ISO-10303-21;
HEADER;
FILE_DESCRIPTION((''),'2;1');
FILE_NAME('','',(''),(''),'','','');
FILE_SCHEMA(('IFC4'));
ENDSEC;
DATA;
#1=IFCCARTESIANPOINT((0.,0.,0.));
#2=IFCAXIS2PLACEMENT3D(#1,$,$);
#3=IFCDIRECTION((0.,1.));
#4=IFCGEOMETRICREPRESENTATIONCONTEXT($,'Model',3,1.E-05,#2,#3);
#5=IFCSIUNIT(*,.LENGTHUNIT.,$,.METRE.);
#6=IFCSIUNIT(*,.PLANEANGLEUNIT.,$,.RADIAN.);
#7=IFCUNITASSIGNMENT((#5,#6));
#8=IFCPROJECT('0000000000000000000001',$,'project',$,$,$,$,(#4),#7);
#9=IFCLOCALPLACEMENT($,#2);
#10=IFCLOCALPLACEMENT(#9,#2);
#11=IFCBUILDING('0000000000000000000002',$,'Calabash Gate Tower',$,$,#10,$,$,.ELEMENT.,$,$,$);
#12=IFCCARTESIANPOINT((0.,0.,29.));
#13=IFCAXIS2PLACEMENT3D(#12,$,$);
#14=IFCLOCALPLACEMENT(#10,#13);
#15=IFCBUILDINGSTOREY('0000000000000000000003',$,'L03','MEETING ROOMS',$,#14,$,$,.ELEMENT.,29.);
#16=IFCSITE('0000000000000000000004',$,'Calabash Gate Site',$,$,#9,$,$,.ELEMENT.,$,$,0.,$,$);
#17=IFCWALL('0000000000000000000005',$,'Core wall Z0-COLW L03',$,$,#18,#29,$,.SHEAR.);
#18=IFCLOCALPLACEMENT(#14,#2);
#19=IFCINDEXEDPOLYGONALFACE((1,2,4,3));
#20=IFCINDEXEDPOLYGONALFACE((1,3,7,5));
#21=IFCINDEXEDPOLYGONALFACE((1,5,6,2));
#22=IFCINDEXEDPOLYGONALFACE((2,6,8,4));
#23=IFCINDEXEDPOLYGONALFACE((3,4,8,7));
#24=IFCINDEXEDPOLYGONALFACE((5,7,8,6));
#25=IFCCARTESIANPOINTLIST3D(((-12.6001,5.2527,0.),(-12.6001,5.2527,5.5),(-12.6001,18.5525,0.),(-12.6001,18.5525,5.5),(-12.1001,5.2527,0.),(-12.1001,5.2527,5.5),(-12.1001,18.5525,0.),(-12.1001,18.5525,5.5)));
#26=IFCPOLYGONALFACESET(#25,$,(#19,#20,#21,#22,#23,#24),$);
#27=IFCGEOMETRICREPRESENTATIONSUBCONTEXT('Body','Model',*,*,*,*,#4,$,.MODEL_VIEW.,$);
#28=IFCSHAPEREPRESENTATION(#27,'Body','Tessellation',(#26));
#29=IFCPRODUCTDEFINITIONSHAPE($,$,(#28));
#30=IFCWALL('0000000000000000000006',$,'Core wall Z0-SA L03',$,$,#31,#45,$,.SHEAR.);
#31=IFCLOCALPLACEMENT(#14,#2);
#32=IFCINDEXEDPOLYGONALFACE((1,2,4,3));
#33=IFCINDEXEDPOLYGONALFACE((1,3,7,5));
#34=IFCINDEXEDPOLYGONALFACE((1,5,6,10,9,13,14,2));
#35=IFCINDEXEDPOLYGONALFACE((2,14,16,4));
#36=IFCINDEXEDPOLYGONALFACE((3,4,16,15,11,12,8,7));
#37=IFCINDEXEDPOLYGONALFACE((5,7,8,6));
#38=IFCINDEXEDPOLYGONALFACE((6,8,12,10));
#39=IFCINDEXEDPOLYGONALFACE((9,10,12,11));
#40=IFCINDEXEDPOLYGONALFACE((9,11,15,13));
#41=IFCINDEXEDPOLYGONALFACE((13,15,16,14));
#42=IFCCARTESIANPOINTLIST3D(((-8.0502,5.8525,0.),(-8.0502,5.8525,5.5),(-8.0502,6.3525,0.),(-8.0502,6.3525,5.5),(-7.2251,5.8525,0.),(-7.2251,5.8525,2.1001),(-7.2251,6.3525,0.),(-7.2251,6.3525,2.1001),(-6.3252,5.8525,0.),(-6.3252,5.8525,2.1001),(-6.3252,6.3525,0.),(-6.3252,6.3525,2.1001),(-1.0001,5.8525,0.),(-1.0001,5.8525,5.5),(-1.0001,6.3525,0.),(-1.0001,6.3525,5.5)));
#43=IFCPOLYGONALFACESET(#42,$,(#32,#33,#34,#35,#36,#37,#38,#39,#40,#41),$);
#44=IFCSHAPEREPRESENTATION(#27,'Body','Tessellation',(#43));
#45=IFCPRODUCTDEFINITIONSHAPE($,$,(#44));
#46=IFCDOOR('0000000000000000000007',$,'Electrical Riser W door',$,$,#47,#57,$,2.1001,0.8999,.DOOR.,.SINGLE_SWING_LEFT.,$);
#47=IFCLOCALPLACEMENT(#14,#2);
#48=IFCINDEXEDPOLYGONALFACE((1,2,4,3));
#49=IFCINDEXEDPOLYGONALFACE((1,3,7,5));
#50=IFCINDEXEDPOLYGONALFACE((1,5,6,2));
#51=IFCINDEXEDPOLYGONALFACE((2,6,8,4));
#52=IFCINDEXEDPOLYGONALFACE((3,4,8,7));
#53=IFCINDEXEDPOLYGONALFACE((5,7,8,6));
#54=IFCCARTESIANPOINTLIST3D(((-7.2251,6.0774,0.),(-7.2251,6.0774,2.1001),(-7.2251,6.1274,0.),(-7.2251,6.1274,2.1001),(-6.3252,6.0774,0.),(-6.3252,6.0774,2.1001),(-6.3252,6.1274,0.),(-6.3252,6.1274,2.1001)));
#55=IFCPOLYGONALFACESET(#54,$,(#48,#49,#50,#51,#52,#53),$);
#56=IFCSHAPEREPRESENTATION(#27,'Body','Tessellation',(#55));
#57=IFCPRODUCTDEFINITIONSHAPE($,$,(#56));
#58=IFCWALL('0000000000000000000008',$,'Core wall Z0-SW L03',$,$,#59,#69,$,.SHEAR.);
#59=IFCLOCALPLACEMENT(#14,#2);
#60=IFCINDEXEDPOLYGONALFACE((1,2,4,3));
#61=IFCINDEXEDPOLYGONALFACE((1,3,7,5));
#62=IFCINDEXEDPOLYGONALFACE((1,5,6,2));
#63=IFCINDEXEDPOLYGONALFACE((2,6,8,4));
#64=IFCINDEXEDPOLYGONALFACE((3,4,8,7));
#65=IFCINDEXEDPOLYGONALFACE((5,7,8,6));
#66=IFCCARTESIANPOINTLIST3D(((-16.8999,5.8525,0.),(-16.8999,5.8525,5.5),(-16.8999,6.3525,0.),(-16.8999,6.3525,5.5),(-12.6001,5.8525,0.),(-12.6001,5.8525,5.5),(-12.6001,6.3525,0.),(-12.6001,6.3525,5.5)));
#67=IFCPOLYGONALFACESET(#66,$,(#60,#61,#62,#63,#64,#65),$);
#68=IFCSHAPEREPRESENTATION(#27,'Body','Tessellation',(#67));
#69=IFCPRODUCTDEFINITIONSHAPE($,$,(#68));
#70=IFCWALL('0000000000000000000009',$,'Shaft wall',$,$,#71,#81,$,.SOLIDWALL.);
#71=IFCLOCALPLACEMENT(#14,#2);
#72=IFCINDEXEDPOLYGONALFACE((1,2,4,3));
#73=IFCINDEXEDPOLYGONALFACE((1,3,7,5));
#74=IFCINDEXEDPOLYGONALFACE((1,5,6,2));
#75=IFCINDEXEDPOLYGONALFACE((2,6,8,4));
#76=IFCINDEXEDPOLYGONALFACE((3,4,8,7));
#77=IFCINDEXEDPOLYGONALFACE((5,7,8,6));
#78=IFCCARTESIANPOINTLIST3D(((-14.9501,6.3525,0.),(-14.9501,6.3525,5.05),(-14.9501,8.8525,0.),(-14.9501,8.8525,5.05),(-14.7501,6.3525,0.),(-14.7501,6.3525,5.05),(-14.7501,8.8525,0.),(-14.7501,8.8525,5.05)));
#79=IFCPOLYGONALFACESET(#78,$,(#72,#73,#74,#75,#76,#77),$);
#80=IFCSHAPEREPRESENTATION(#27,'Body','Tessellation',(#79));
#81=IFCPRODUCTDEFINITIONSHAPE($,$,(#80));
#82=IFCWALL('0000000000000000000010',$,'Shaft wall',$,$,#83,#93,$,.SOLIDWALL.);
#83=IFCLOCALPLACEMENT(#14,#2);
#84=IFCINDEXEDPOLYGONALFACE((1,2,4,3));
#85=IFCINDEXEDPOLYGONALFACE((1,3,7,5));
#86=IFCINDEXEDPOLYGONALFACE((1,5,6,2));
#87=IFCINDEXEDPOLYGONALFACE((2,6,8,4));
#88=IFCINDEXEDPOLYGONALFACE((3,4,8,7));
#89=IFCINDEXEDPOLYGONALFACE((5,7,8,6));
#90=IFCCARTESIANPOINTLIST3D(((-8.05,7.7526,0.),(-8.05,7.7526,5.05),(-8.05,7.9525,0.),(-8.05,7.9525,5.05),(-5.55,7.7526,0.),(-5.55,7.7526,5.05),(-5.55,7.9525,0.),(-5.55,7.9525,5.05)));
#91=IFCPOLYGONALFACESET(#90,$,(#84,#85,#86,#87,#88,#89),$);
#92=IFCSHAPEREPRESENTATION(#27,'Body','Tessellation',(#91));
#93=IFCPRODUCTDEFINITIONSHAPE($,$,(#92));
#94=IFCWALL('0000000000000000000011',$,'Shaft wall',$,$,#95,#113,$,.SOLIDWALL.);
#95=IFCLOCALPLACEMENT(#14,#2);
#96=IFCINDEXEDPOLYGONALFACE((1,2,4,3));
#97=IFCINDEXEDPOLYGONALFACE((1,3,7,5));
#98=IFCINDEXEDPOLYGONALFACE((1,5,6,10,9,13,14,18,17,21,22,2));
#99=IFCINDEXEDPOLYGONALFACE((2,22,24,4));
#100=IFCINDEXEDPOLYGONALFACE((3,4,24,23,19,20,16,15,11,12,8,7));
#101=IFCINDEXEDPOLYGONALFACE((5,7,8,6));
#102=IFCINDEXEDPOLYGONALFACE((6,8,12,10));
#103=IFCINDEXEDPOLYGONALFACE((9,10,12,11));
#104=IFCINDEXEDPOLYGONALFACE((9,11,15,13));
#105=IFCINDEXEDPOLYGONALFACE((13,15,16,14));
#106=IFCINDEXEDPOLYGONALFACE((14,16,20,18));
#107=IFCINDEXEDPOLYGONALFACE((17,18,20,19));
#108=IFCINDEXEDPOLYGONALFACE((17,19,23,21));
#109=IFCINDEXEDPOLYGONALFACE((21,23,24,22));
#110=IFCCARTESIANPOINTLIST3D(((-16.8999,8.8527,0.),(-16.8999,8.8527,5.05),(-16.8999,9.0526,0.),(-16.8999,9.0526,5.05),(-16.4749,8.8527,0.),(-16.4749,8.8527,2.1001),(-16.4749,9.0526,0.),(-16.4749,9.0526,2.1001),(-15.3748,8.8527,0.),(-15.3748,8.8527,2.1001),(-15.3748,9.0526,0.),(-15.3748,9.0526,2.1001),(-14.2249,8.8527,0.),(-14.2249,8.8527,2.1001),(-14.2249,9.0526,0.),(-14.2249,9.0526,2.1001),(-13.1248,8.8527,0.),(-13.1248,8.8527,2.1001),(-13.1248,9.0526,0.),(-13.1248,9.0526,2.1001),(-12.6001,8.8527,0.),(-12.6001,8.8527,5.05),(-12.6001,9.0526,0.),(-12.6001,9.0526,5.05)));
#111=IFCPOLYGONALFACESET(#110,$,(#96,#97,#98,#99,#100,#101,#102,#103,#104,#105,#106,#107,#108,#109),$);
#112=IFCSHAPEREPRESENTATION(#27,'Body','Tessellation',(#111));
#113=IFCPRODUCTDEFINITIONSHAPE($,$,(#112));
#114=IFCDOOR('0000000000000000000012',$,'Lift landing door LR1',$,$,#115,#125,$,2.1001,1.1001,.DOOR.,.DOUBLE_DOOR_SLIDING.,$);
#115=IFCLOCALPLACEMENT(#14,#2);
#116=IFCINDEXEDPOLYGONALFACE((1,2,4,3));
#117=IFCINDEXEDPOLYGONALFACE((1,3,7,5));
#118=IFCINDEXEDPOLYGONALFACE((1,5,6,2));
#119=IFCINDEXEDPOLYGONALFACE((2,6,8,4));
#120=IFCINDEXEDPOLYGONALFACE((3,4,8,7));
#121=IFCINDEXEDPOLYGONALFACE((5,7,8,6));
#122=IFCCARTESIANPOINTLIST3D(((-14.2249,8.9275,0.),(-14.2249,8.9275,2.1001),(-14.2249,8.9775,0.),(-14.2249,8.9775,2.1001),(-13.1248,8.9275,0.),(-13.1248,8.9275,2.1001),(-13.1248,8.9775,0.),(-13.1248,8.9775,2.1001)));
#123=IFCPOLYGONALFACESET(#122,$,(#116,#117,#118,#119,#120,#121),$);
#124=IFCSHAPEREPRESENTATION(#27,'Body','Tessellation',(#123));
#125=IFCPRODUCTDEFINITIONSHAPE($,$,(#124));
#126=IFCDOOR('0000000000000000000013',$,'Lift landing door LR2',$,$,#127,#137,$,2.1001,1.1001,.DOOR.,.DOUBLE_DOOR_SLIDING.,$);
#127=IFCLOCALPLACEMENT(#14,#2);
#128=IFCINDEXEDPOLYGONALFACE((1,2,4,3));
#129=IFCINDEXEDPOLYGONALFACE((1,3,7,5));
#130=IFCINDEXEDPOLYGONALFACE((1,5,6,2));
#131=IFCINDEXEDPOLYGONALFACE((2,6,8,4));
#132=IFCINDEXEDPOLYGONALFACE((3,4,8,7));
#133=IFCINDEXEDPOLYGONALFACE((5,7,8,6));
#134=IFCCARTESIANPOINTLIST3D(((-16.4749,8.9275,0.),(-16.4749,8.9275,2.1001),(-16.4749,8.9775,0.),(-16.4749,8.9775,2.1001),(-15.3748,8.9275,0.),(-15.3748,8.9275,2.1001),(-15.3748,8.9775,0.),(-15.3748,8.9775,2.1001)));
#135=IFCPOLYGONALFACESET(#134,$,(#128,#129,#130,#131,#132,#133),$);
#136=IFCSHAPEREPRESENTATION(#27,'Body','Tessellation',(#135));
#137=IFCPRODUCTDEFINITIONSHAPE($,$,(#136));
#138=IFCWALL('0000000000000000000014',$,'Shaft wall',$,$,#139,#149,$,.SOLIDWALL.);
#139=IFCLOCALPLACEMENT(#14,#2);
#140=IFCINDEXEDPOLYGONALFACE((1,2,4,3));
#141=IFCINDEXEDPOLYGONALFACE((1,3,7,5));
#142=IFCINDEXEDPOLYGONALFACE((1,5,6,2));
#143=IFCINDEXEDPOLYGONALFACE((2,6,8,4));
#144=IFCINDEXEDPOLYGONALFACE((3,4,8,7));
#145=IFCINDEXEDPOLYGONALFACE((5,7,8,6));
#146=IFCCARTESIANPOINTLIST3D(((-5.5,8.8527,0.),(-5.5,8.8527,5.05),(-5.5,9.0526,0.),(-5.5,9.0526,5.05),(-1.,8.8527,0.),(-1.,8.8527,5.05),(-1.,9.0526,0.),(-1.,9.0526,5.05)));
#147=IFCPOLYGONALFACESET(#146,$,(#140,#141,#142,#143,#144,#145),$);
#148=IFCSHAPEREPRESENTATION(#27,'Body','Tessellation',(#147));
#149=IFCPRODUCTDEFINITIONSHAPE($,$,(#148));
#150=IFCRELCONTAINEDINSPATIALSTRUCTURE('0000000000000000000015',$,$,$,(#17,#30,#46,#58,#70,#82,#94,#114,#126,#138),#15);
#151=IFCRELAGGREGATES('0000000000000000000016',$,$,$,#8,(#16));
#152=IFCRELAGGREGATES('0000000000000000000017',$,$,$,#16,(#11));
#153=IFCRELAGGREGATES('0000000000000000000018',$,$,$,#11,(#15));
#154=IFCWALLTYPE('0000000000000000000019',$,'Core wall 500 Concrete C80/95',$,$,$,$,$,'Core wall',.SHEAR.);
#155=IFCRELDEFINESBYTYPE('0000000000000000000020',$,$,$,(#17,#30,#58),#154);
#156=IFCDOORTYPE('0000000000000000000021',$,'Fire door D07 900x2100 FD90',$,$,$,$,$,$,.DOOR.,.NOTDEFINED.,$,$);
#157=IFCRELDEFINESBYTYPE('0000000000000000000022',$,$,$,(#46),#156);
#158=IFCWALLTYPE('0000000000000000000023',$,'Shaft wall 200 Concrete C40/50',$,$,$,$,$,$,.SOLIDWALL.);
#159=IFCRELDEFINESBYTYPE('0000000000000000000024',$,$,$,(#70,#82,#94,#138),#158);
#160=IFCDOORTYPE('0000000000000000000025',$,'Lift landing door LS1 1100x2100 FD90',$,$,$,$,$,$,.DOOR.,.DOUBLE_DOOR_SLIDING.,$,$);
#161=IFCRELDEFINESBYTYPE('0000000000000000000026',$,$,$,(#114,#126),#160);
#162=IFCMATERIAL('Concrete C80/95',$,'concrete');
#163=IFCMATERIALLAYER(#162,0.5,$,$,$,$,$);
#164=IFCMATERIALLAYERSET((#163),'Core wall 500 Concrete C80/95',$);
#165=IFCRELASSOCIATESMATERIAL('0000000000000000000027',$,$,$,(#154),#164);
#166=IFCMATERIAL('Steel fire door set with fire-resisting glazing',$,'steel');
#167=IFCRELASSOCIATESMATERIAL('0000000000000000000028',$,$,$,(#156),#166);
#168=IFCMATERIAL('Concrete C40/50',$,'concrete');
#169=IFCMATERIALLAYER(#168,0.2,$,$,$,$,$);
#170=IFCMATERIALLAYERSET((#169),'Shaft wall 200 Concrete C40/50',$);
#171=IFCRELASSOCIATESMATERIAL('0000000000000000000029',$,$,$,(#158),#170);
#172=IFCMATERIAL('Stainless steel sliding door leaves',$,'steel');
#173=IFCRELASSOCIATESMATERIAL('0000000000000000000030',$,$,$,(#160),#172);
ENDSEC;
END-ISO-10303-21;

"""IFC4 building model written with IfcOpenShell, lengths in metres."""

from ifc_helpers import new_model, si_unit, direction, frame, frame_2d, origin, place, context, subcontext, project, spatial, rectangle, extrude, material, layer, layer_set, type_object, element, fill, save


model = new_model("IFC4")

# Units and contexts
model_context = context("Model", 3, precision=1e-05, world=origin(), true_north=direction((0.0, 1.0)))
body_context = subcontext(model_context, "Body", "Model", "MODEL_VIEW")
ifc_project = project(units=[si_unit("LENGTHUNIT", "METRE"), si_unit("PLANEANGLEUNIT", "RADIAN")], contexts=[model_context])

# Site, building, storey
site_placement = place(None, origin())
site = spatial("IfcSite", under=ifc_project, at=site_placement, Name="Calabash Gate Site", CompositionType="ELEMENT", RefElevation=0.0)
building_placement = place(site_placement, origin())
building = spatial("IfcBuilding", under=site, at=building_placement, Name="Calabash Gate Tower", CompositionType="ELEMENT")
storey_placement = place(building_placement, frame((0.0, 0.0, 29.0)))
storey = spatial("IfcBuildingStorey", under=building, at=storey_placement, Name="L03", Description="MEETING ROOMS", CompositionType="ELEMENT", Elevation=29.0)

# Wall
ifc_material_1 = material(Name="Concrete C80/95", Category="concrete")
ifc_layer_1 = layer(ifc_material_1, 0.5)
ifc_layer_set_1 = layer_set([ifc_layer_1], Name="Core wall 500 Concrete C80/95")
wall_type_1 = type_object("IfcWallType", Name="Core wall 500 Concrete C80/95", ElementType="Core wall", PredefinedType="SHEAR", material=ifc_layer_set_1)
wall_1_placement = place(storey_placement, frame((-12.3501, 5.2527, 0.0), z_axis=(0.0, 0.0, 1.0), x_axis=(0.0, 1.0, 0.0)))
element("IfcWall", 1, at=wall_1_placement, inside=storey, type_object=wall_type_1, Name="Core wall Z0-COLW L03", PredefinedType="SHEAR", context=body_context, shape_type="SweptSolid", body=[
    extrude(rectangle(XDim=13.2998, YDim=0.5, at=frame_2d((6.6499, 0.0))), origin(), (0.0, 0.0, 1.0), 5.5),
])

# Wall, opening, door
wall_2_placement = place(storey_placement, frame((-8.05, 6.1025, 0.0), z_axis=(0.0, 0.0, 1.0), x_axis=(1.0, 0.0, 0.0)))
wall_2 = element("IfcWall", 2, at=wall_2_placement, inside=storey, type_object=wall_type_1, Name="Core wall Z0-SA L03", PredefinedType="SHEAR", context=body_context, shape_type="SweptSolid", body=[
    extrude(rectangle(XDim=7.05, YDim=0.5, at=frame_2d((3.5249, 0.0))), origin(), (0.0, 0.0, 1.0), 5.5),
])
opening_1_placement = place(wall_2_placement, frame((0.825, 0.0, 0.0)))
opening_1 = element("IfcOpeningElement", 3, at=opening_1_placement, cuts=wall_2, PredefinedType="OPENING", context=body_context, shape_type="SweptSolid", body=[
    extrude(rectangle(XDim=0.8999, YDim=2.1001, at=frame_2d((0.45, 1.05))), frame((0.0, 0.26, 0.0), z_axis=(0.0, -1.0, 0.0), x_axis=(1.0, 0.0, 0.0)), (0.0, 0.0, 1.0), 0.52),
])
ifc_material_2 = material(Name="Steel fire door set with fire-resisting glazing", Category="steel")
door_type_1 = type_object("IfcDoorType", Name="Fire door D07 900x2100 FD90", OperationType="NOTDEFINED", PredefinedType="DOOR", material=ifc_material_2)
door_1_placement = place(opening_1_placement, origin())
door_1 = element("IfcDoor", 4, at=door_1_placement, inside=storey, type_object=door_type_1, Name="Electrical Riser W door", OperationType="SINGLE_SWING_LEFT", OverallHeight=2.1001, OverallWidth=0.8999, PredefinedType="DOOR", context=body_context, shape_type="SweptSolid", body=[
    extrude(rectangle(XDim=0.8999, YDim=2.1001, at=frame_2d((0.45, 1.05))), frame((0.0, 0.0249, 0.0), z_axis=(0.0, -1.0, 0.0), x_axis=(1.0, 0.0, 0.0)), (0.0, 0.0, 1.0), 0.05),
])
fill(opening_1, door_1)

# Walls
wall_3_placement = place(storey_placement, frame((-12.6001, 6.1025, 0.0), z_axis=(0.0, 0.0, 1.0), x_axis=(-1.0, 0.0, 0.0)))
element("IfcWall", 5, at=wall_3_placement, inside=storey, type_object=wall_type_1, Name="Core wall Z0-SW L03", PredefinedType="SHEAR", context=body_context, shape_type="SweptSolid", body=[
    extrude(rectangle(XDim=4.2998, YDim=0.5, at=frame_2d((2.1499, 0.0))), origin(), (0.0, 0.0, 1.0), 5.5),
])
ifc_material_3 = material(Name="Concrete C40/50", Category="concrete")
ifc_layer_2 = layer(ifc_material_3, 0.2)
ifc_layer_set_2 = layer_set([ifc_layer_2], Name="Shaft wall 200 Concrete C40/50")
wall_type_2 = type_object("IfcWallType", Name="Shaft wall 200 Concrete C40/50", PredefinedType="SOLIDWALL", material=ifc_layer_set_2)
for number, where, z_axis, x_axis, name in (
    (6, (-14.8501, 6.3525, 0.0), (0.0, 0.0, 1.0), (0.0, 1.0, 0.0), "Shaft wall"),
    (7, (-8.05, 7.8525, 0.0), (0.0, 0.0, 1.0), (1.0, 0.0, 0.0), "Shaft wall"),
):
    element("IfcWall", number, at=place(storey_placement, frame(where, z_axis=z_axis, x_axis=x_axis)), inside=storey, type_object=wall_type_2, Name=name, PredefinedType="SOLIDWALL", context=body_context, shape_type="SweptSolid", body=[
        extrude(rectangle(XDim=2.5, YDim=0.2, at=frame_2d((1.25, 0.0))), origin(), (0.0, 0.0, 1.0), 5.05),
    ])

# Wall, openings, doors
wall_4_placement = place(storey_placement, frame((-16.8999, 8.9526, 0.0), z_axis=(0.0, 0.0, 1.0), x_axis=(1.0, 0.0, 0.0)))
wall_4 = element("IfcWall", 8, at=wall_4_placement, inside=storey, type_object=wall_type_2, Name="Shaft wall", PredefinedType="SOLIDWALL", context=body_context, shape_type="SweptSolid", body=[
    extrude(rectangle(XDim=4.2998, YDim=0.2, at=frame_2d((2.1499, 0.0))), origin(), (0.0, 0.0, 1.0), 5.05),
])
opening_2_placement = place(wall_4_placement, frame((2.675, 0.0, 0.0)))
opening_2 = element("IfcOpeningElement", 9, at=opening_2_placement, cuts=wall_4, PredefinedType="OPENING", context=body_context, shape_type="SweptSolid", body=[
    extrude(rectangle(XDim=1.1001, YDim=2.1001, at=frame_2d((0.55, 1.05))), frame((0.0, 0.1099, 0.0), z_axis=(0.0, -1.0, 0.0), x_axis=(1.0, 0.0, 0.0)), (0.0, 0.0, 1.0), 0.22),
])
opening_3_placement = place(wall_4_placement, frame((0.425, 0.0, 0.0)))
opening_3 = element("IfcOpeningElement", 10, at=opening_3_placement, cuts=wall_4, PredefinedType="OPENING", context=body_context, shape_type="SweptSolid", body=[
    extrude(rectangle(XDim=1.1001, YDim=2.1001, at=frame_2d((0.55, 1.05))), frame((0.0, 0.1099, 0.0), z_axis=(0.0, -1.0, 0.0), x_axis=(1.0, 0.0, 0.0)), (0.0, 0.0, 1.0), 0.22),
])
ifc_material_4 = material(Name="Stainless steel sliding door leaves", Category="steel")
door_type_2 = type_object("IfcDoorType", Name="Lift landing door LS1 1100x2100 FD90", OperationType="DOUBLE_DOOR_SLIDING", PredefinedType="DOOR", material=ifc_material_4)
door_2_placement = place(opening_2_placement, origin())
door_2 = element("IfcDoor", 11, at=door_2_placement, inside=storey, type_object=door_type_2, Name="Lift landing door LR1", OperationType="DOUBLE_DOOR_SLIDING", OverallHeight=2.1001, OverallWidth=1.1001, PredefinedType="DOOR", context=body_context, shape_type="SweptSolid", body=[
    extrude(rectangle(XDim=1.1001, YDim=2.1001, at=frame_2d((0.55, 1.05))), frame((0.0, 0.0249, 0.0), z_axis=(0.0, -1.0, 0.0), x_axis=(1.0, 0.0, 0.0)), (0.0, 0.0, 1.0), 0.05),
])
fill(opening_2, door_2)
door_3_placement = place(opening_3_placement, origin())
door_3 = element("IfcDoor", 12, at=door_3_placement, inside=storey, type_object=door_type_2, Name="Lift landing door LR2", OperationType="DOUBLE_DOOR_SLIDING", OverallHeight=2.1001, OverallWidth=1.1001, PredefinedType="DOOR", context=body_context, shape_type="SweptSolid", body=[
    extrude(rectangle(XDim=1.1001, YDim=2.1001, at=frame_2d((0.55, 1.05))), frame((0.0, 0.0249, 0.0), z_axis=(0.0, -1.0, 0.0), x_axis=(1.0, 0.0, 0.0)), (0.0, 0.0, 1.0), 0.05),
])
fill(opening_3, door_3)

# Wall
wall_5_placement = place(storey_placement, frame((-5.5, 8.9526, 0.0), z_axis=(0.0, 0.0, 1.0), x_axis=(1.0, 0.0, 0.0)))
element("IfcWall", 13, at=wall_5_placement, inside=storey, type_object=wall_type_2, Name="Shaft wall", PredefinedType="SOLIDWALL", context=body_context, shape_type="SweptSolid", body=[
    extrude(rectangle(XDim=4.5, YDim=0.2, at=frame_2d((2.25, 0.0))), origin(), (0.0, 0.0, 1.0), 5.05),
])

save(model, "model.ifc")
